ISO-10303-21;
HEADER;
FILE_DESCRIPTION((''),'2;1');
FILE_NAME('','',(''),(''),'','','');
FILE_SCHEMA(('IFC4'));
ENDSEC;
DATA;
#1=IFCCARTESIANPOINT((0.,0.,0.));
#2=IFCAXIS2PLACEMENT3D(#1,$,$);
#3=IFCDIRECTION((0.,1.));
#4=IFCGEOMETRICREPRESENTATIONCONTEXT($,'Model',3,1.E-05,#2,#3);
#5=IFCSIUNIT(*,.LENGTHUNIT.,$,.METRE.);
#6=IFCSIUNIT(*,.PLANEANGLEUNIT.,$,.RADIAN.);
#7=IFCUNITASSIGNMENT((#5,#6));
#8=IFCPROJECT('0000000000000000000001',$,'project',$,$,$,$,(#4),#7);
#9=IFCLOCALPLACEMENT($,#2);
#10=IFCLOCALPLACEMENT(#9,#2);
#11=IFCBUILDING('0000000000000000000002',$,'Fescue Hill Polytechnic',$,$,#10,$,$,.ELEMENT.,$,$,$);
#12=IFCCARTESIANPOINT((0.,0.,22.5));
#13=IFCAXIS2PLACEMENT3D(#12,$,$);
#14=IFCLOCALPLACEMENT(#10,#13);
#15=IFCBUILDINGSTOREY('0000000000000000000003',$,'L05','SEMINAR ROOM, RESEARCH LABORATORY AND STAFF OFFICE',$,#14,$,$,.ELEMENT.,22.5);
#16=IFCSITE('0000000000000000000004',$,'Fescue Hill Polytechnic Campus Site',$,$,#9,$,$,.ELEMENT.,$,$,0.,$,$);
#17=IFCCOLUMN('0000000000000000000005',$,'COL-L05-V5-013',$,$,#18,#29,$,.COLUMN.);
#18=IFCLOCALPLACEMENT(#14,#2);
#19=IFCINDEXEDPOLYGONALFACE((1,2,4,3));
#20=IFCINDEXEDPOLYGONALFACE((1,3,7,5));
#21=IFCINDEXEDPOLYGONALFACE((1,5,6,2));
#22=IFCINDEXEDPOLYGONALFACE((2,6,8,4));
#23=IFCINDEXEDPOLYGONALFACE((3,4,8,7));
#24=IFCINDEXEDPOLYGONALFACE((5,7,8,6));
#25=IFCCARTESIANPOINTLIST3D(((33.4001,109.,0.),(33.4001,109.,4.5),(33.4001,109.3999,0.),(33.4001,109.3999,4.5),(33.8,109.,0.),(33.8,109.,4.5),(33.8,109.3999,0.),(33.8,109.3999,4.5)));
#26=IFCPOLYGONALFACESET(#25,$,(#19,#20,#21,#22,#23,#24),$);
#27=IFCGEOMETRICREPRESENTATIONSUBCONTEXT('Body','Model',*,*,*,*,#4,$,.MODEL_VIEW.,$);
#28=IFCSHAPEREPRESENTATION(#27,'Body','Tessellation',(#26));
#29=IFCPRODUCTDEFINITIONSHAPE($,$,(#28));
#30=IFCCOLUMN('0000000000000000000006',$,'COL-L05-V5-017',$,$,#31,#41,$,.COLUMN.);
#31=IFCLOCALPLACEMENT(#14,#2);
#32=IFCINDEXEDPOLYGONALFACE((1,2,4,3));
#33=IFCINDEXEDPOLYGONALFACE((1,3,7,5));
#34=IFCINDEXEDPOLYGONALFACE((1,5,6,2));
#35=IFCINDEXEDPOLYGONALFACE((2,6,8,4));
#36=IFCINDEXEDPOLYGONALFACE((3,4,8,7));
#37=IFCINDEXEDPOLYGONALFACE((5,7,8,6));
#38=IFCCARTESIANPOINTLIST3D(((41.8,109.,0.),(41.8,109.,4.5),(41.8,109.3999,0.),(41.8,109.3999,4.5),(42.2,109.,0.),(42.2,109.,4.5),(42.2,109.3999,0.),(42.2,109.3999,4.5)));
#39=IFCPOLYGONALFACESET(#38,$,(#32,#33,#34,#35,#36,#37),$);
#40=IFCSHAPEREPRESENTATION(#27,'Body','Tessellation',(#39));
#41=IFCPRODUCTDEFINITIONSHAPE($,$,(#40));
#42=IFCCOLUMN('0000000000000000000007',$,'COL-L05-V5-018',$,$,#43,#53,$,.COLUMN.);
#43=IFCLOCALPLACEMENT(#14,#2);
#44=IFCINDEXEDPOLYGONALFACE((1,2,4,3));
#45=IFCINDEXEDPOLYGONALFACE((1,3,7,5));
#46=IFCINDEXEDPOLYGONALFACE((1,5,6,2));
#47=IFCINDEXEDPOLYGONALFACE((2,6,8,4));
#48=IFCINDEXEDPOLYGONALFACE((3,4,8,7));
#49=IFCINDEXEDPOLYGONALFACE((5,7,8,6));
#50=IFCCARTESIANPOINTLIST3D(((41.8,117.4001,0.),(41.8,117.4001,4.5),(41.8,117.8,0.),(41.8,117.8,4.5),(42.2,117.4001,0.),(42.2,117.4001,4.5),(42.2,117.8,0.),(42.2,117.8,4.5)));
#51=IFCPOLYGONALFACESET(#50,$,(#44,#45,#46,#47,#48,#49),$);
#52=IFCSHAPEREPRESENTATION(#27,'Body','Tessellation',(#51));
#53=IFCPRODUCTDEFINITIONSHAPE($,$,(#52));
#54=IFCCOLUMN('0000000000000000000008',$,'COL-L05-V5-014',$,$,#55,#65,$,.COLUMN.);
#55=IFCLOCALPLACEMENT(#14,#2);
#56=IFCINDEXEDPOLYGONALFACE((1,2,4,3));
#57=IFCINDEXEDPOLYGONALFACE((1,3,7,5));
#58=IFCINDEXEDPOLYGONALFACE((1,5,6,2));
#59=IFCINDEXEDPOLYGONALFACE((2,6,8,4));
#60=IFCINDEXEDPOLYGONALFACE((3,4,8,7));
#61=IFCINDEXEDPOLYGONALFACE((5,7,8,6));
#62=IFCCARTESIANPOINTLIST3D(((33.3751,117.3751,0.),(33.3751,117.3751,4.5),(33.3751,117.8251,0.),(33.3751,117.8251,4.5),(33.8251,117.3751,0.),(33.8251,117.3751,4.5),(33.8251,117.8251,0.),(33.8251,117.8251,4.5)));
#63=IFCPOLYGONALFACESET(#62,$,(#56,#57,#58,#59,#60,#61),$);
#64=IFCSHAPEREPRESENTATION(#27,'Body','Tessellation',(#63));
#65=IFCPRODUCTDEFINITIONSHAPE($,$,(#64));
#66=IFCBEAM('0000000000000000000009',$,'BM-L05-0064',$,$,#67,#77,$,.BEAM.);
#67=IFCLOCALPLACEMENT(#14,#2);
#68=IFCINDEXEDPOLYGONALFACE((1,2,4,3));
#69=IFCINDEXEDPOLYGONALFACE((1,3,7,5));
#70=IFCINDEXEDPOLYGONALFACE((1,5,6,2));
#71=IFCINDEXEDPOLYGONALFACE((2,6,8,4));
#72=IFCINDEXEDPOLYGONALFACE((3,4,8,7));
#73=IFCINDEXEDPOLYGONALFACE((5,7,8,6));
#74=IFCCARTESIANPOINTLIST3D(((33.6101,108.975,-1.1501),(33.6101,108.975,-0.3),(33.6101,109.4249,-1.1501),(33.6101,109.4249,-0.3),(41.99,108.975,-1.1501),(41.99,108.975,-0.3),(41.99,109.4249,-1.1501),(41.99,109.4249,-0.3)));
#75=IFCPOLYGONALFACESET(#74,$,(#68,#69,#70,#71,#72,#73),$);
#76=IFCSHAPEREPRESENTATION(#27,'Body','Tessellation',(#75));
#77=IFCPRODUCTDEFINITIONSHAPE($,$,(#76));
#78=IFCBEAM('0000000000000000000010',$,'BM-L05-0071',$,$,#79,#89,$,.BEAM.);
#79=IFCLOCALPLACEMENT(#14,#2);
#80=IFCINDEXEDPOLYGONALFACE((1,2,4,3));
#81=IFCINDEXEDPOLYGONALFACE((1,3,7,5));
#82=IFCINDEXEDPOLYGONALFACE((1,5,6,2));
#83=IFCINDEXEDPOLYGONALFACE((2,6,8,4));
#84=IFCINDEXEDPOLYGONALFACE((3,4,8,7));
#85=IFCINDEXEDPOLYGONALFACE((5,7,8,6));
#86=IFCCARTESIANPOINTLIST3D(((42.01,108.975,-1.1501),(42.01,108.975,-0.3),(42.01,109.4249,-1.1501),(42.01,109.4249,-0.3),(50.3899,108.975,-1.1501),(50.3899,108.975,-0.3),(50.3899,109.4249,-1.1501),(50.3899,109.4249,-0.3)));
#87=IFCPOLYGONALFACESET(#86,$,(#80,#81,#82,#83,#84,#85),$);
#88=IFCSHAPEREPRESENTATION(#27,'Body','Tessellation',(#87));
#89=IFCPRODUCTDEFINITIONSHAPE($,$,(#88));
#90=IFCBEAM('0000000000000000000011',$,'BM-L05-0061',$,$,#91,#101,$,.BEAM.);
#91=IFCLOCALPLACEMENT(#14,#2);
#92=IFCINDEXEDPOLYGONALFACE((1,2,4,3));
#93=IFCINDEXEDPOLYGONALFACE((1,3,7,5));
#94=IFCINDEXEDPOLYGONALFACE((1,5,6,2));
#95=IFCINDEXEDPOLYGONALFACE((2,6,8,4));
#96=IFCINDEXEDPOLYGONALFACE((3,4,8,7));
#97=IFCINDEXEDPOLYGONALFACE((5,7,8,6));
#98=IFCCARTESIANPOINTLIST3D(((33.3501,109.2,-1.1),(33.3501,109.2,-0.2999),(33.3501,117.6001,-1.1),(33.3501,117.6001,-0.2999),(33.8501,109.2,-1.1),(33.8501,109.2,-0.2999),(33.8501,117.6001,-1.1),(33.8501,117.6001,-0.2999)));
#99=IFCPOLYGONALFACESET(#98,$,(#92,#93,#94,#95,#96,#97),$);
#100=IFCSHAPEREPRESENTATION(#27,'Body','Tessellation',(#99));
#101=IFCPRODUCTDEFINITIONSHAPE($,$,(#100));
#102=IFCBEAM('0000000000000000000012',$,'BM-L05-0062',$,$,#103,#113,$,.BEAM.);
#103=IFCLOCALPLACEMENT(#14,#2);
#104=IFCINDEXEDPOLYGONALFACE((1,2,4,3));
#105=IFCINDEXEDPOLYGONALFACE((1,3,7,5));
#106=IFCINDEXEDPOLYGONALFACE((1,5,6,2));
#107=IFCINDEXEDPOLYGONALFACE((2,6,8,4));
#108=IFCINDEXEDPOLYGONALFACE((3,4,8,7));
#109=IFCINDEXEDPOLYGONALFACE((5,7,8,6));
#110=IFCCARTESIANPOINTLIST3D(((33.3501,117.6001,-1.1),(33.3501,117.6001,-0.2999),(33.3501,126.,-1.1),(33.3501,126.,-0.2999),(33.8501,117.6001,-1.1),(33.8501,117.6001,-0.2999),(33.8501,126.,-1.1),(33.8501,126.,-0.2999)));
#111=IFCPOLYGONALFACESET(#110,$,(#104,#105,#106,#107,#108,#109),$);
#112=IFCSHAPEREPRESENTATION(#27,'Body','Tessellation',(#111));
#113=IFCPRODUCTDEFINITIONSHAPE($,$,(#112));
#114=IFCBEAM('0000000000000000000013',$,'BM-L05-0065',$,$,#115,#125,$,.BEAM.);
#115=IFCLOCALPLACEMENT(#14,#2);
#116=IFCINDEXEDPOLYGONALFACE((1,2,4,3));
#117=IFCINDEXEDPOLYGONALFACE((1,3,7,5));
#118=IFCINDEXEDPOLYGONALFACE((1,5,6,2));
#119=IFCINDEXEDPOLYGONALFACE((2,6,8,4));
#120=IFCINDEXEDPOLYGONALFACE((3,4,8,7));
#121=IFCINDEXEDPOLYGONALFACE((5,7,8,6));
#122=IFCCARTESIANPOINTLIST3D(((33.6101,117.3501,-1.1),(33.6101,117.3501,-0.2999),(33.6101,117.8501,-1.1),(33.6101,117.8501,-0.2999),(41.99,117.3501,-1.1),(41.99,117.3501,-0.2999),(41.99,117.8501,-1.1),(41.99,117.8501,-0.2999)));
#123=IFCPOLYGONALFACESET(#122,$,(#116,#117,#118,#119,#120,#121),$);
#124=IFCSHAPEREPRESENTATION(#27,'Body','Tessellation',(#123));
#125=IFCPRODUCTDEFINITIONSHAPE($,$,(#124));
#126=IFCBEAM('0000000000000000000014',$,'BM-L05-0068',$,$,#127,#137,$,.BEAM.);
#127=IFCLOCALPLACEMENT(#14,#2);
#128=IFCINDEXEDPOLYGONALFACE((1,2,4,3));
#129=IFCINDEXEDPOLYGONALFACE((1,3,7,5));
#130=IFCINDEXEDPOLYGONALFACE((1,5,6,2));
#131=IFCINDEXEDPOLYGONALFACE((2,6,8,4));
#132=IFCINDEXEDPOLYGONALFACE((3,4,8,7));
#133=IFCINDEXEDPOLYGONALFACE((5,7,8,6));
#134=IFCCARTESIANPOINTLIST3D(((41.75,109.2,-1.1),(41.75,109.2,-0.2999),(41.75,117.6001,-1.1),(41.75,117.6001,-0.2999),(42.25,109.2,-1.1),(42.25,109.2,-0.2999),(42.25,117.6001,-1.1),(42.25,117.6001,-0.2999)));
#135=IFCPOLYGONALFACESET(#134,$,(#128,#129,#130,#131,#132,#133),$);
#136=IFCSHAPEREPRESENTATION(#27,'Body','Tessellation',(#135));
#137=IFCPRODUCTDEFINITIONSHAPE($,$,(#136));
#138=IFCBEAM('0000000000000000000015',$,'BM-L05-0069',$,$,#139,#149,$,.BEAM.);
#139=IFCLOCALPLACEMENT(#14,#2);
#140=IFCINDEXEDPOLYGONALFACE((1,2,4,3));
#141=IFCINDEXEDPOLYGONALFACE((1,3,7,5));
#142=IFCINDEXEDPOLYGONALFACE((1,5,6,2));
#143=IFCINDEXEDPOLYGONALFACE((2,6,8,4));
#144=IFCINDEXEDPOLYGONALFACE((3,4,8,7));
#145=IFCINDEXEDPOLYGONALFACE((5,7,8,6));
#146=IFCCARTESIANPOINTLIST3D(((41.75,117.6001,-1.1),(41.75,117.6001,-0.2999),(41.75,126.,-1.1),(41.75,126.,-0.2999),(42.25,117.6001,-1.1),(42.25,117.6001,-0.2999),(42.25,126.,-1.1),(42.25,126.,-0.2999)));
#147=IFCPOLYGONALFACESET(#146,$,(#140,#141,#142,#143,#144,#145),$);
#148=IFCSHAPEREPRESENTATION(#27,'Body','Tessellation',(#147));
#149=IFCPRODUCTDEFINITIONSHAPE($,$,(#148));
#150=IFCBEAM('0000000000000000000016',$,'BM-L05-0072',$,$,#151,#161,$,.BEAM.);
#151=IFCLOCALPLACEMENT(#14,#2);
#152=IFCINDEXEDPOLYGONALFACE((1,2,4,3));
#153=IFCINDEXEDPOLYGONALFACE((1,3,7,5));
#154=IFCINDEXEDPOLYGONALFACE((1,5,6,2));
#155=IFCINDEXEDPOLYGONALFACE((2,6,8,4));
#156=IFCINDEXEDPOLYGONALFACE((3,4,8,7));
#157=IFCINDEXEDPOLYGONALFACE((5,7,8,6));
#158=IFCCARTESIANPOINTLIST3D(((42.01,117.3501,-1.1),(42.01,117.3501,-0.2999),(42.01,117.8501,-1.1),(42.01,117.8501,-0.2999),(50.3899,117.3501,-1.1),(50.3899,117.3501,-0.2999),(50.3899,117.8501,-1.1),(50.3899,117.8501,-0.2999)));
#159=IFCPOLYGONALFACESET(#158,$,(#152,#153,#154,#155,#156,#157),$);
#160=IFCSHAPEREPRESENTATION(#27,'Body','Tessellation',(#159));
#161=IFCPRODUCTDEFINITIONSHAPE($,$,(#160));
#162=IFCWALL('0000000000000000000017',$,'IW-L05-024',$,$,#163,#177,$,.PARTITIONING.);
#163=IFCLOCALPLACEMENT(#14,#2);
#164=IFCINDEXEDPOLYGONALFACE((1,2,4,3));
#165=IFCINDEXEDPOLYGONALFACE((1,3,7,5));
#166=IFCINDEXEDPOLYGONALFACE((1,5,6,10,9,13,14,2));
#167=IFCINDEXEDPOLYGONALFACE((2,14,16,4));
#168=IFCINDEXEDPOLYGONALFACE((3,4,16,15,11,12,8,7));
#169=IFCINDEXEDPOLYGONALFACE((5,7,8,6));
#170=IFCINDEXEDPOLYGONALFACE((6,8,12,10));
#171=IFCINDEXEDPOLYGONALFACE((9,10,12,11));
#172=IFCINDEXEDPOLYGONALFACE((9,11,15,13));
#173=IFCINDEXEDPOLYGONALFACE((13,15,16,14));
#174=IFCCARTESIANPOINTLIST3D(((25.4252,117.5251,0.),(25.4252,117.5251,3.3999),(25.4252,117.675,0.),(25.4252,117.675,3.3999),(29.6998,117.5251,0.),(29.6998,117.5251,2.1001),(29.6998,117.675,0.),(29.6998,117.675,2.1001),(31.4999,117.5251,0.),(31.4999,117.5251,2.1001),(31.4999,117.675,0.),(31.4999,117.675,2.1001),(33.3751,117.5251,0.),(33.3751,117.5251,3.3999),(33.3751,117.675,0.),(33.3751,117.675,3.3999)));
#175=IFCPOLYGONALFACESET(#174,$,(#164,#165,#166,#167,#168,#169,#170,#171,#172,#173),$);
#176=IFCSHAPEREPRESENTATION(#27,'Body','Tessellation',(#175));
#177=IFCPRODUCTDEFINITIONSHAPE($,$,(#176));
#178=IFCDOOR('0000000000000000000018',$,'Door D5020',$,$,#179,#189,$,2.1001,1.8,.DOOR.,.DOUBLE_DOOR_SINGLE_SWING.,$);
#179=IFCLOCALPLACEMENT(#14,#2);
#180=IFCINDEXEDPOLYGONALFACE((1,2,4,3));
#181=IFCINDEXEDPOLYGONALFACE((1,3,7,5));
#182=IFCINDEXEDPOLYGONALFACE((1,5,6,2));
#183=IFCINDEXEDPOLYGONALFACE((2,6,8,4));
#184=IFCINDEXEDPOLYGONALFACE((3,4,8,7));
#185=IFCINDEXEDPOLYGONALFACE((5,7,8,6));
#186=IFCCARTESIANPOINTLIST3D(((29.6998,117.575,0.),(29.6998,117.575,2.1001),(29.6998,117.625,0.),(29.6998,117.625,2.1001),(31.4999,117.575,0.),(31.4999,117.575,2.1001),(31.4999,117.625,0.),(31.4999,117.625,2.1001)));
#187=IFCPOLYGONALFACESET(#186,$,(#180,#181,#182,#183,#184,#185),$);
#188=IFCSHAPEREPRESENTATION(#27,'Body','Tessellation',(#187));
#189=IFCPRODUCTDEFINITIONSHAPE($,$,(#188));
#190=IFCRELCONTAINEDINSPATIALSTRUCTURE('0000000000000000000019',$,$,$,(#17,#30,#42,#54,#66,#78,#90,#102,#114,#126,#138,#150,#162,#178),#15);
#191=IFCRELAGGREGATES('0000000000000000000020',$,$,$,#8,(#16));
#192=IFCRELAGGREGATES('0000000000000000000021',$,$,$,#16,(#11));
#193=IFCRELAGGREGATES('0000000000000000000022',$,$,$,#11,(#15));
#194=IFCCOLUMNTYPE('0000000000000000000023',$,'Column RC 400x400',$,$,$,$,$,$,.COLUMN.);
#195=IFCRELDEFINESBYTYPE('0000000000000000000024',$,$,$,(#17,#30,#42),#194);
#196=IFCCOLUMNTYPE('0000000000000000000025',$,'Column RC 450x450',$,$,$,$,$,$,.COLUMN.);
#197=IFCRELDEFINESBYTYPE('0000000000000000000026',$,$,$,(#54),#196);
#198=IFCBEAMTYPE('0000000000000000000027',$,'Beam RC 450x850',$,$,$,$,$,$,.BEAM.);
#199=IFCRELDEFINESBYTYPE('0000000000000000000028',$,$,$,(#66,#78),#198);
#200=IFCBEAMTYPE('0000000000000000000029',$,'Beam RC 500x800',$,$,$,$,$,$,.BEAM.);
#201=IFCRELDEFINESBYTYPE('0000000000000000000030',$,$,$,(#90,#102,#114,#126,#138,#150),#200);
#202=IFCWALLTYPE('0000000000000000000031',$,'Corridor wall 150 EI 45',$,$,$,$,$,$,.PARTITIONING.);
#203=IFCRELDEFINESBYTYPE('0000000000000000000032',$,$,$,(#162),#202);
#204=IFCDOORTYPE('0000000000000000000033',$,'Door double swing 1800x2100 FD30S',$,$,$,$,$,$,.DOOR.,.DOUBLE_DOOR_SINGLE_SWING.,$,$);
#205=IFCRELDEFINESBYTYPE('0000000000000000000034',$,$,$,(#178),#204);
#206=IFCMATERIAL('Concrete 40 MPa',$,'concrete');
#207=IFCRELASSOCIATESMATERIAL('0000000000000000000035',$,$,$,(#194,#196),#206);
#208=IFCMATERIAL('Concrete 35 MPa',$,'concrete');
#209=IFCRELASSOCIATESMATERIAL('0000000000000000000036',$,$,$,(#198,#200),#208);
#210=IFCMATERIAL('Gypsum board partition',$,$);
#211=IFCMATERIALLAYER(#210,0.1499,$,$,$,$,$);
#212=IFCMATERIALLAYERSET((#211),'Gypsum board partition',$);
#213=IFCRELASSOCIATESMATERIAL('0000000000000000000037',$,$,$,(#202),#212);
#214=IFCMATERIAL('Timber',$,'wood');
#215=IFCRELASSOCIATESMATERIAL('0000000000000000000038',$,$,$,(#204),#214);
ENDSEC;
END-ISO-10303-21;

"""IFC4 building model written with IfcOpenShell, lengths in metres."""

from ifc_helpers import new_model, si_unit, direction, frame, frame_2d, origin, origin_2d, place, context, subcontext, project, spatial, rectangle, extrude, material, layer, layer_set, material_profile, profile_set, type_object, element, fill, save


model = new_model("IFC4")

# Units and contexts
model_context = context("Model", 3, precision=1e-05, world=origin(), true_north=direction((0.0, 1.0)))
body_context = subcontext(model_context, "Body", "Model", "MODEL_VIEW")
ifc_project = project(units=[si_unit("LENGTHUNIT", "METRE"), si_unit("PLANEANGLEUNIT", "RADIAN")], contexts=[model_context])

# Site, building, storey
site_placement = place(None, origin())
site = spatial("IfcSite", under=ifc_project, at=site_placement, Name="Fescue Hill Polytechnic Campus Site", CompositionType="ELEMENT", RefElevation=0.0)
building_placement = place(site_placement, origin())
building = spatial("IfcBuilding", under=site, at=building_placement, Name="Fescue Hill Polytechnic", CompositionType="ELEMENT")
storey_placement = place(building_placement, frame((0.0, 0.0, 22.5)))
storey = spatial("IfcBuildingStorey", under=building, at=storey_placement, Name="L05", Description="SEMINAR ROOM, RESEARCH LABORATORY AND STAFF OFFICE", CompositionType="ELEMENT", Elevation=22.5)

# Columns
ifc_material_1 = material(Name="Concrete 40 MPa", Category="concrete")
ifc_material_profile_1 = material_profile(ifc_material_1, rectangle(XDim=0.3999, YDim=0.3999, at=origin_2d()), Name="RC 400x400")
ifc_profile_set_1 = profile_set([ifc_material_profile_1], Name="Concrete 40 MPa")
column_type_1 = type_object("IfcColumnType", Name="Column RC 400x400", PredefinedType="COLUMN", material=ifc_profile_set_1)
for number, where, z_axis, x_axis, name in (
    (1, (33.6001, 109.2, 0.0), (0.0, 0.0, 1.0), (1.0, 0.0, 0.0), "COL-L05-V5-013"),
    (2, (42.0, 109.2, 0.0), (0.0, 0.0, 1.0), (1.0, 0.0, 0.0), "COL-L05-V5-017"),
    (3, (42.0, 117.6001, 0.0), (0.0, 0.0, 1.0), (1.0, 0.0, 0.0), "COL-L05-V5-018"),
):
    element("IfcColumn", number, at=place(storey_placement, frame(where, z_axis=z_axis, x_axis=x_axis)), inside=storey, type_object=column_type_1, Name=name, PredefinedType="COLUMN", context=body_context, shape_type="SweptSolid", body=[
        extrude(rectangle(XDim=0.3999, YDim=0.3999, at=origin_2d()), origin(), (0.0, 0.0, 1.0), 4.5),
    ])
ifc_material_profile_2 = material_profile(ifc_material_1, rectangle(XDim=0.45, YDim=0.45, at=origin_2d()), Name="RC 450x450")
ifc_profile_set_2 = profile_set([ifc_material_profile_2], Name="Concrete 40 MPa")
column_type_2 = type_object("IfcColumnType", Name="Column RC 450x450", PredefinedType="COLUMN", material=ifc_profile_set_2)
column_placement = place(storey_placement, frame((33.6001, 117.6001, 0.0), z_axis=(0.0, 0.0, 1.0), x_axis=(1.0, 0.0, 0.0)))
element("IfcColumn", 4, at=column_placement, inside=storey, type_object=column_type_2, Name="COL-L05-V5-014", PredefinedType="COLUMN", context=body_context, shape_type="SweptSolid", body=[
    extrude(rectangle(XDim=0.45, YDim=0.45, at=origin_2d()), origin(), (0.0, 0.0, 1.0), 4.5),
])

# Beams
ifc_material_2 = material(Name="Concrete 35 MPa", Category="concrete")
ifc_material_profile_3 = material_profile(ifc_material_2, rectangle(XDim=0.45, YDim=0.8501, at=origin_2d()), Name="RC 450x850")
ifc_profile_set_3 = profile_set([ifc_material_profile_3], Name="Concrete 35 MPa")
beam_type_1 = type_object("IfcBeamType", Name="Beam RC 450x850", PredefinedType="BEAM", material=ifc_profile_set_3)
for number, where, z_axis, x_axis, name in (
    (5, (33.6101, 109.2, -0.7251), (1.0, 0.0, 0.0), (0.0, 1.0, 0.0), "BM-L05-0064"),
    (6, (42.01, 109.2, -0.7251), (1.0, 0.0, 0.0), (0.0, 1.0, 0.0), "BM-L05-0071"),
):
    element("IfcBeam", number, at=place(storey_placement, frame(where, z_axis=z_axis, x_axis=x_axis)), inside=storey, type_object=beam_type_1, Name=name, PredefinedType="BEAM", context=body_context, shape_type="SweptSolid", body=[
        extrude(rectangle(XDim=0.45, YDim=0.8501, at=origin_2d()), origin(), (0.0, 0.0, 1.0), 8.3799),
    ])
ifc_material_profile_4 = material_profile(ifc_material_2, rectangle(XDim=0.5, YDim=0.8, at=origin_2d()), Name="RC 500x800")
ifc_profile_set_4 = profile_set([ifc_material_profile_4], Name="Concrete 35 MPa")
beam_type_2 = type_object("IfcBeamType", Name="Beam RC 500x800", PredefinedType="BEAM", material=ifc_profile_set_4)
beam_1_placement = place(storey_placement, frame((33.6001, 109.2, -0.7), z_axis=(0.0, 1.0, 0.0), x_axis=(-1.0, 0.0, 0.0)))
element("IfcBeam", 7, at=beam_1_placement, inside=storey, type_object=beam_type_2, Name="BM-L05-0061", PredefinedType="BEAM", context=body_context, shape_type="SweptSolid", body=[
    extrude(rectangle(XDim=0.5, YDim=0.8, at=origin_2d()), origin(), (0.0, 0.0, 1.0), 8.4001),
])
beam_2_placement = place(storey_placement, frame((33.6001, 117.6001, -0.7), z_axis=(0.0, 1.0, 0.0), x_axis=(-1.0, 0.0, 0.0)))
element("IfcBeam", 8, at=beam_2_placement, inside=storey, type_object=beam_type_2, Name="BM-L05-0062", PredefinedType="BEAM", context=body_context, shape_type="SweptSolid", body=[
    extrude(rectangle(XDim=0.5, YDim=0.8, at=origin_2d()), origin(), (0.0, 0.0, 1.0), 8.3999),
])
beam_3_placement = place(storey_placement, frame((33.6101, 117.6001, -0.7), z_axis=(1.0, 0.0, 0.0), x_axis=(0.0, 1.0, 0.0)))
element("IfcBeam", 9, at=beam_3_placement, inside=storey, type_object=beam_type_2, Name="BM-L05-0065", PredefinedType="BEAM", context=body_context, shape_type="SweptSolid", body=[
    extrude(rectangle(XDim=0.5, YDim=0.8, at=origin_2d()), origin(), (0.0, 0.0, 1.0), 8.3799),
])
beam_4_placement = place(storey_placement, frame((42.0, 109.2, -0.7), z_axis=(0.0, 1.0, 0.0), x_axis=(-1.0, 0.0, 0.0)))
element("IfcBeam", 10, at=beam_4_placement, inside=storey, type_object=beam_type_2, Name="BM-L05-0068", PredefinedType="BEAM", context=body_context, shape_type="SweptSolid", body=[
    extrude(rectangle(XDim=0.5, YDim=0.8, at=origin_2d()), origin(), (0.0, 0.0, 1.0), 8.4001),
])
beam_5_placement = place(storey_placement, frame((42.0, 117.6001, -0.7), z_axis=(0.0, 1.0, 0.0), x_axis=(-1.0, 0.0, 0.0)))
element("IfcBeam", 11, at=beam_5_placement, inside=storey, type_object=beam_type_2, Name="BM-L05-0069", PredefinedType="BEAM", context=body_context, shape_type="SweptSolid", body=[
    extrude(rectangle(XDim=0.5, YDim=0.8, at=origin_2d()), origin(), (0.0, 0.0, 1.0), 8.3999),
])
beam_6_placement = place(storey_placement, frame((42.01, 117.6001, -0.7), z_axis=(1.0, 0.0, 0.0), x_axis=(0.0, 1.0, 0.0)))
element("IfcBeam", 12, at=beam_6_placement, inside=storey, type_object=beam_type_2, Name="BM-L05-0072", PredefinedType="BEAM", context=body_context, shape_type="SweptSolid", body=[
    extrude(rectangle(XDim=0.5, YDim=0.8, at=origin_2d()), origin(), (0.0, 0.0, 1.0), 8.3799),
])

# Wall, opening, door
ifc_material_3 = material(Name="Gypsum board partition")
ifc_layer_1 = layer(ifc_material_3, 0.1499)
ifc_layer_set_1 = layer_set([ifc_layer_1], Name="Gypsum board partition")
wall_type_1 = type_object("IfcWallType", Name="Corridor wall 150 EI 45", PredefinedType="PARTITIONING", material=ifc_layer_set_1)
wall_1_placement = place(storey_placement, frame((25.425, 117.6001, 0.0), z_axis=(0.0, 0.0, 1.0), x_axis=(1.0, 0.0, 0.0)))
wall_1 = element("IfcWall", 13, at=wall_1_placement, inside=storey, type_object=wall_type_1, Name="IW-L05-024", PredefinedType="PARTITIONING", context=body_context, shape_type="SweptSolid", body=[
    extrude(rectangle(XDim=7.95, YDim=0.1499, at=frame_2d((3.9751, 0.0))), origin(), (0.0, 0.0, 1.0), 3.3999),
])
opening_1_placement = place(wall_1_placement, frame((4.2749, 0.0, 0.0)))
opening_1 = element("IfcOpeningElement", 14, at=opening_1_placement, cuts=wall_1, PredefinedType="OPENING", context=body_context, shape_type="SweptSolid", body=[
    extrude(rectangle(XDim=1.8, YDim=2.1001, at=frame_2d((0.8999, 1.05))), frame((0.0, 0.085, 0.0), z_axis=(0.0, -1.0, 0.0), x_axis=(1.0, 0.0, 0.0)), (0.0, 0.0, 1.0), 0.1699),
])
ifc_material_4 = material(Name="Timber", Category="wood")
door_type = type_object("IfcDoorType", Name="Door double swing 1800x2100 FD30S", OperationType="DOUBLE_DOOR_SINGLE_SWING", PredefinedType="DOOR", material=ifc_material_4)
door_placement = place(opening_1_placement, origin())
door = element("IfcDoor", 15, at=door_placement, inside=storey, type_object=door_type, Name="Door D5020", OperationType="DOUBLE_DOOR_SINGLE_SWING", OverallHeight=2.1001, OverallWidth=1.8, PredefinedType="DOOR", context=body_context, shape_type="SweptSolid", body=[
    extrude(rectangle(XDim=1.8, YDim=2.1001, at=frame_2d((0.8999, 1.05))), frame((0.0, 0.0249, 0.0), z_axis=(0.0, -1.0, 0.0), x_axis=(1.0, 0.0, 0.0)), (0.0, 0.0, 1.0), 0.05),
])
fill(opening_1, door)

save(model, "model.ifc")
